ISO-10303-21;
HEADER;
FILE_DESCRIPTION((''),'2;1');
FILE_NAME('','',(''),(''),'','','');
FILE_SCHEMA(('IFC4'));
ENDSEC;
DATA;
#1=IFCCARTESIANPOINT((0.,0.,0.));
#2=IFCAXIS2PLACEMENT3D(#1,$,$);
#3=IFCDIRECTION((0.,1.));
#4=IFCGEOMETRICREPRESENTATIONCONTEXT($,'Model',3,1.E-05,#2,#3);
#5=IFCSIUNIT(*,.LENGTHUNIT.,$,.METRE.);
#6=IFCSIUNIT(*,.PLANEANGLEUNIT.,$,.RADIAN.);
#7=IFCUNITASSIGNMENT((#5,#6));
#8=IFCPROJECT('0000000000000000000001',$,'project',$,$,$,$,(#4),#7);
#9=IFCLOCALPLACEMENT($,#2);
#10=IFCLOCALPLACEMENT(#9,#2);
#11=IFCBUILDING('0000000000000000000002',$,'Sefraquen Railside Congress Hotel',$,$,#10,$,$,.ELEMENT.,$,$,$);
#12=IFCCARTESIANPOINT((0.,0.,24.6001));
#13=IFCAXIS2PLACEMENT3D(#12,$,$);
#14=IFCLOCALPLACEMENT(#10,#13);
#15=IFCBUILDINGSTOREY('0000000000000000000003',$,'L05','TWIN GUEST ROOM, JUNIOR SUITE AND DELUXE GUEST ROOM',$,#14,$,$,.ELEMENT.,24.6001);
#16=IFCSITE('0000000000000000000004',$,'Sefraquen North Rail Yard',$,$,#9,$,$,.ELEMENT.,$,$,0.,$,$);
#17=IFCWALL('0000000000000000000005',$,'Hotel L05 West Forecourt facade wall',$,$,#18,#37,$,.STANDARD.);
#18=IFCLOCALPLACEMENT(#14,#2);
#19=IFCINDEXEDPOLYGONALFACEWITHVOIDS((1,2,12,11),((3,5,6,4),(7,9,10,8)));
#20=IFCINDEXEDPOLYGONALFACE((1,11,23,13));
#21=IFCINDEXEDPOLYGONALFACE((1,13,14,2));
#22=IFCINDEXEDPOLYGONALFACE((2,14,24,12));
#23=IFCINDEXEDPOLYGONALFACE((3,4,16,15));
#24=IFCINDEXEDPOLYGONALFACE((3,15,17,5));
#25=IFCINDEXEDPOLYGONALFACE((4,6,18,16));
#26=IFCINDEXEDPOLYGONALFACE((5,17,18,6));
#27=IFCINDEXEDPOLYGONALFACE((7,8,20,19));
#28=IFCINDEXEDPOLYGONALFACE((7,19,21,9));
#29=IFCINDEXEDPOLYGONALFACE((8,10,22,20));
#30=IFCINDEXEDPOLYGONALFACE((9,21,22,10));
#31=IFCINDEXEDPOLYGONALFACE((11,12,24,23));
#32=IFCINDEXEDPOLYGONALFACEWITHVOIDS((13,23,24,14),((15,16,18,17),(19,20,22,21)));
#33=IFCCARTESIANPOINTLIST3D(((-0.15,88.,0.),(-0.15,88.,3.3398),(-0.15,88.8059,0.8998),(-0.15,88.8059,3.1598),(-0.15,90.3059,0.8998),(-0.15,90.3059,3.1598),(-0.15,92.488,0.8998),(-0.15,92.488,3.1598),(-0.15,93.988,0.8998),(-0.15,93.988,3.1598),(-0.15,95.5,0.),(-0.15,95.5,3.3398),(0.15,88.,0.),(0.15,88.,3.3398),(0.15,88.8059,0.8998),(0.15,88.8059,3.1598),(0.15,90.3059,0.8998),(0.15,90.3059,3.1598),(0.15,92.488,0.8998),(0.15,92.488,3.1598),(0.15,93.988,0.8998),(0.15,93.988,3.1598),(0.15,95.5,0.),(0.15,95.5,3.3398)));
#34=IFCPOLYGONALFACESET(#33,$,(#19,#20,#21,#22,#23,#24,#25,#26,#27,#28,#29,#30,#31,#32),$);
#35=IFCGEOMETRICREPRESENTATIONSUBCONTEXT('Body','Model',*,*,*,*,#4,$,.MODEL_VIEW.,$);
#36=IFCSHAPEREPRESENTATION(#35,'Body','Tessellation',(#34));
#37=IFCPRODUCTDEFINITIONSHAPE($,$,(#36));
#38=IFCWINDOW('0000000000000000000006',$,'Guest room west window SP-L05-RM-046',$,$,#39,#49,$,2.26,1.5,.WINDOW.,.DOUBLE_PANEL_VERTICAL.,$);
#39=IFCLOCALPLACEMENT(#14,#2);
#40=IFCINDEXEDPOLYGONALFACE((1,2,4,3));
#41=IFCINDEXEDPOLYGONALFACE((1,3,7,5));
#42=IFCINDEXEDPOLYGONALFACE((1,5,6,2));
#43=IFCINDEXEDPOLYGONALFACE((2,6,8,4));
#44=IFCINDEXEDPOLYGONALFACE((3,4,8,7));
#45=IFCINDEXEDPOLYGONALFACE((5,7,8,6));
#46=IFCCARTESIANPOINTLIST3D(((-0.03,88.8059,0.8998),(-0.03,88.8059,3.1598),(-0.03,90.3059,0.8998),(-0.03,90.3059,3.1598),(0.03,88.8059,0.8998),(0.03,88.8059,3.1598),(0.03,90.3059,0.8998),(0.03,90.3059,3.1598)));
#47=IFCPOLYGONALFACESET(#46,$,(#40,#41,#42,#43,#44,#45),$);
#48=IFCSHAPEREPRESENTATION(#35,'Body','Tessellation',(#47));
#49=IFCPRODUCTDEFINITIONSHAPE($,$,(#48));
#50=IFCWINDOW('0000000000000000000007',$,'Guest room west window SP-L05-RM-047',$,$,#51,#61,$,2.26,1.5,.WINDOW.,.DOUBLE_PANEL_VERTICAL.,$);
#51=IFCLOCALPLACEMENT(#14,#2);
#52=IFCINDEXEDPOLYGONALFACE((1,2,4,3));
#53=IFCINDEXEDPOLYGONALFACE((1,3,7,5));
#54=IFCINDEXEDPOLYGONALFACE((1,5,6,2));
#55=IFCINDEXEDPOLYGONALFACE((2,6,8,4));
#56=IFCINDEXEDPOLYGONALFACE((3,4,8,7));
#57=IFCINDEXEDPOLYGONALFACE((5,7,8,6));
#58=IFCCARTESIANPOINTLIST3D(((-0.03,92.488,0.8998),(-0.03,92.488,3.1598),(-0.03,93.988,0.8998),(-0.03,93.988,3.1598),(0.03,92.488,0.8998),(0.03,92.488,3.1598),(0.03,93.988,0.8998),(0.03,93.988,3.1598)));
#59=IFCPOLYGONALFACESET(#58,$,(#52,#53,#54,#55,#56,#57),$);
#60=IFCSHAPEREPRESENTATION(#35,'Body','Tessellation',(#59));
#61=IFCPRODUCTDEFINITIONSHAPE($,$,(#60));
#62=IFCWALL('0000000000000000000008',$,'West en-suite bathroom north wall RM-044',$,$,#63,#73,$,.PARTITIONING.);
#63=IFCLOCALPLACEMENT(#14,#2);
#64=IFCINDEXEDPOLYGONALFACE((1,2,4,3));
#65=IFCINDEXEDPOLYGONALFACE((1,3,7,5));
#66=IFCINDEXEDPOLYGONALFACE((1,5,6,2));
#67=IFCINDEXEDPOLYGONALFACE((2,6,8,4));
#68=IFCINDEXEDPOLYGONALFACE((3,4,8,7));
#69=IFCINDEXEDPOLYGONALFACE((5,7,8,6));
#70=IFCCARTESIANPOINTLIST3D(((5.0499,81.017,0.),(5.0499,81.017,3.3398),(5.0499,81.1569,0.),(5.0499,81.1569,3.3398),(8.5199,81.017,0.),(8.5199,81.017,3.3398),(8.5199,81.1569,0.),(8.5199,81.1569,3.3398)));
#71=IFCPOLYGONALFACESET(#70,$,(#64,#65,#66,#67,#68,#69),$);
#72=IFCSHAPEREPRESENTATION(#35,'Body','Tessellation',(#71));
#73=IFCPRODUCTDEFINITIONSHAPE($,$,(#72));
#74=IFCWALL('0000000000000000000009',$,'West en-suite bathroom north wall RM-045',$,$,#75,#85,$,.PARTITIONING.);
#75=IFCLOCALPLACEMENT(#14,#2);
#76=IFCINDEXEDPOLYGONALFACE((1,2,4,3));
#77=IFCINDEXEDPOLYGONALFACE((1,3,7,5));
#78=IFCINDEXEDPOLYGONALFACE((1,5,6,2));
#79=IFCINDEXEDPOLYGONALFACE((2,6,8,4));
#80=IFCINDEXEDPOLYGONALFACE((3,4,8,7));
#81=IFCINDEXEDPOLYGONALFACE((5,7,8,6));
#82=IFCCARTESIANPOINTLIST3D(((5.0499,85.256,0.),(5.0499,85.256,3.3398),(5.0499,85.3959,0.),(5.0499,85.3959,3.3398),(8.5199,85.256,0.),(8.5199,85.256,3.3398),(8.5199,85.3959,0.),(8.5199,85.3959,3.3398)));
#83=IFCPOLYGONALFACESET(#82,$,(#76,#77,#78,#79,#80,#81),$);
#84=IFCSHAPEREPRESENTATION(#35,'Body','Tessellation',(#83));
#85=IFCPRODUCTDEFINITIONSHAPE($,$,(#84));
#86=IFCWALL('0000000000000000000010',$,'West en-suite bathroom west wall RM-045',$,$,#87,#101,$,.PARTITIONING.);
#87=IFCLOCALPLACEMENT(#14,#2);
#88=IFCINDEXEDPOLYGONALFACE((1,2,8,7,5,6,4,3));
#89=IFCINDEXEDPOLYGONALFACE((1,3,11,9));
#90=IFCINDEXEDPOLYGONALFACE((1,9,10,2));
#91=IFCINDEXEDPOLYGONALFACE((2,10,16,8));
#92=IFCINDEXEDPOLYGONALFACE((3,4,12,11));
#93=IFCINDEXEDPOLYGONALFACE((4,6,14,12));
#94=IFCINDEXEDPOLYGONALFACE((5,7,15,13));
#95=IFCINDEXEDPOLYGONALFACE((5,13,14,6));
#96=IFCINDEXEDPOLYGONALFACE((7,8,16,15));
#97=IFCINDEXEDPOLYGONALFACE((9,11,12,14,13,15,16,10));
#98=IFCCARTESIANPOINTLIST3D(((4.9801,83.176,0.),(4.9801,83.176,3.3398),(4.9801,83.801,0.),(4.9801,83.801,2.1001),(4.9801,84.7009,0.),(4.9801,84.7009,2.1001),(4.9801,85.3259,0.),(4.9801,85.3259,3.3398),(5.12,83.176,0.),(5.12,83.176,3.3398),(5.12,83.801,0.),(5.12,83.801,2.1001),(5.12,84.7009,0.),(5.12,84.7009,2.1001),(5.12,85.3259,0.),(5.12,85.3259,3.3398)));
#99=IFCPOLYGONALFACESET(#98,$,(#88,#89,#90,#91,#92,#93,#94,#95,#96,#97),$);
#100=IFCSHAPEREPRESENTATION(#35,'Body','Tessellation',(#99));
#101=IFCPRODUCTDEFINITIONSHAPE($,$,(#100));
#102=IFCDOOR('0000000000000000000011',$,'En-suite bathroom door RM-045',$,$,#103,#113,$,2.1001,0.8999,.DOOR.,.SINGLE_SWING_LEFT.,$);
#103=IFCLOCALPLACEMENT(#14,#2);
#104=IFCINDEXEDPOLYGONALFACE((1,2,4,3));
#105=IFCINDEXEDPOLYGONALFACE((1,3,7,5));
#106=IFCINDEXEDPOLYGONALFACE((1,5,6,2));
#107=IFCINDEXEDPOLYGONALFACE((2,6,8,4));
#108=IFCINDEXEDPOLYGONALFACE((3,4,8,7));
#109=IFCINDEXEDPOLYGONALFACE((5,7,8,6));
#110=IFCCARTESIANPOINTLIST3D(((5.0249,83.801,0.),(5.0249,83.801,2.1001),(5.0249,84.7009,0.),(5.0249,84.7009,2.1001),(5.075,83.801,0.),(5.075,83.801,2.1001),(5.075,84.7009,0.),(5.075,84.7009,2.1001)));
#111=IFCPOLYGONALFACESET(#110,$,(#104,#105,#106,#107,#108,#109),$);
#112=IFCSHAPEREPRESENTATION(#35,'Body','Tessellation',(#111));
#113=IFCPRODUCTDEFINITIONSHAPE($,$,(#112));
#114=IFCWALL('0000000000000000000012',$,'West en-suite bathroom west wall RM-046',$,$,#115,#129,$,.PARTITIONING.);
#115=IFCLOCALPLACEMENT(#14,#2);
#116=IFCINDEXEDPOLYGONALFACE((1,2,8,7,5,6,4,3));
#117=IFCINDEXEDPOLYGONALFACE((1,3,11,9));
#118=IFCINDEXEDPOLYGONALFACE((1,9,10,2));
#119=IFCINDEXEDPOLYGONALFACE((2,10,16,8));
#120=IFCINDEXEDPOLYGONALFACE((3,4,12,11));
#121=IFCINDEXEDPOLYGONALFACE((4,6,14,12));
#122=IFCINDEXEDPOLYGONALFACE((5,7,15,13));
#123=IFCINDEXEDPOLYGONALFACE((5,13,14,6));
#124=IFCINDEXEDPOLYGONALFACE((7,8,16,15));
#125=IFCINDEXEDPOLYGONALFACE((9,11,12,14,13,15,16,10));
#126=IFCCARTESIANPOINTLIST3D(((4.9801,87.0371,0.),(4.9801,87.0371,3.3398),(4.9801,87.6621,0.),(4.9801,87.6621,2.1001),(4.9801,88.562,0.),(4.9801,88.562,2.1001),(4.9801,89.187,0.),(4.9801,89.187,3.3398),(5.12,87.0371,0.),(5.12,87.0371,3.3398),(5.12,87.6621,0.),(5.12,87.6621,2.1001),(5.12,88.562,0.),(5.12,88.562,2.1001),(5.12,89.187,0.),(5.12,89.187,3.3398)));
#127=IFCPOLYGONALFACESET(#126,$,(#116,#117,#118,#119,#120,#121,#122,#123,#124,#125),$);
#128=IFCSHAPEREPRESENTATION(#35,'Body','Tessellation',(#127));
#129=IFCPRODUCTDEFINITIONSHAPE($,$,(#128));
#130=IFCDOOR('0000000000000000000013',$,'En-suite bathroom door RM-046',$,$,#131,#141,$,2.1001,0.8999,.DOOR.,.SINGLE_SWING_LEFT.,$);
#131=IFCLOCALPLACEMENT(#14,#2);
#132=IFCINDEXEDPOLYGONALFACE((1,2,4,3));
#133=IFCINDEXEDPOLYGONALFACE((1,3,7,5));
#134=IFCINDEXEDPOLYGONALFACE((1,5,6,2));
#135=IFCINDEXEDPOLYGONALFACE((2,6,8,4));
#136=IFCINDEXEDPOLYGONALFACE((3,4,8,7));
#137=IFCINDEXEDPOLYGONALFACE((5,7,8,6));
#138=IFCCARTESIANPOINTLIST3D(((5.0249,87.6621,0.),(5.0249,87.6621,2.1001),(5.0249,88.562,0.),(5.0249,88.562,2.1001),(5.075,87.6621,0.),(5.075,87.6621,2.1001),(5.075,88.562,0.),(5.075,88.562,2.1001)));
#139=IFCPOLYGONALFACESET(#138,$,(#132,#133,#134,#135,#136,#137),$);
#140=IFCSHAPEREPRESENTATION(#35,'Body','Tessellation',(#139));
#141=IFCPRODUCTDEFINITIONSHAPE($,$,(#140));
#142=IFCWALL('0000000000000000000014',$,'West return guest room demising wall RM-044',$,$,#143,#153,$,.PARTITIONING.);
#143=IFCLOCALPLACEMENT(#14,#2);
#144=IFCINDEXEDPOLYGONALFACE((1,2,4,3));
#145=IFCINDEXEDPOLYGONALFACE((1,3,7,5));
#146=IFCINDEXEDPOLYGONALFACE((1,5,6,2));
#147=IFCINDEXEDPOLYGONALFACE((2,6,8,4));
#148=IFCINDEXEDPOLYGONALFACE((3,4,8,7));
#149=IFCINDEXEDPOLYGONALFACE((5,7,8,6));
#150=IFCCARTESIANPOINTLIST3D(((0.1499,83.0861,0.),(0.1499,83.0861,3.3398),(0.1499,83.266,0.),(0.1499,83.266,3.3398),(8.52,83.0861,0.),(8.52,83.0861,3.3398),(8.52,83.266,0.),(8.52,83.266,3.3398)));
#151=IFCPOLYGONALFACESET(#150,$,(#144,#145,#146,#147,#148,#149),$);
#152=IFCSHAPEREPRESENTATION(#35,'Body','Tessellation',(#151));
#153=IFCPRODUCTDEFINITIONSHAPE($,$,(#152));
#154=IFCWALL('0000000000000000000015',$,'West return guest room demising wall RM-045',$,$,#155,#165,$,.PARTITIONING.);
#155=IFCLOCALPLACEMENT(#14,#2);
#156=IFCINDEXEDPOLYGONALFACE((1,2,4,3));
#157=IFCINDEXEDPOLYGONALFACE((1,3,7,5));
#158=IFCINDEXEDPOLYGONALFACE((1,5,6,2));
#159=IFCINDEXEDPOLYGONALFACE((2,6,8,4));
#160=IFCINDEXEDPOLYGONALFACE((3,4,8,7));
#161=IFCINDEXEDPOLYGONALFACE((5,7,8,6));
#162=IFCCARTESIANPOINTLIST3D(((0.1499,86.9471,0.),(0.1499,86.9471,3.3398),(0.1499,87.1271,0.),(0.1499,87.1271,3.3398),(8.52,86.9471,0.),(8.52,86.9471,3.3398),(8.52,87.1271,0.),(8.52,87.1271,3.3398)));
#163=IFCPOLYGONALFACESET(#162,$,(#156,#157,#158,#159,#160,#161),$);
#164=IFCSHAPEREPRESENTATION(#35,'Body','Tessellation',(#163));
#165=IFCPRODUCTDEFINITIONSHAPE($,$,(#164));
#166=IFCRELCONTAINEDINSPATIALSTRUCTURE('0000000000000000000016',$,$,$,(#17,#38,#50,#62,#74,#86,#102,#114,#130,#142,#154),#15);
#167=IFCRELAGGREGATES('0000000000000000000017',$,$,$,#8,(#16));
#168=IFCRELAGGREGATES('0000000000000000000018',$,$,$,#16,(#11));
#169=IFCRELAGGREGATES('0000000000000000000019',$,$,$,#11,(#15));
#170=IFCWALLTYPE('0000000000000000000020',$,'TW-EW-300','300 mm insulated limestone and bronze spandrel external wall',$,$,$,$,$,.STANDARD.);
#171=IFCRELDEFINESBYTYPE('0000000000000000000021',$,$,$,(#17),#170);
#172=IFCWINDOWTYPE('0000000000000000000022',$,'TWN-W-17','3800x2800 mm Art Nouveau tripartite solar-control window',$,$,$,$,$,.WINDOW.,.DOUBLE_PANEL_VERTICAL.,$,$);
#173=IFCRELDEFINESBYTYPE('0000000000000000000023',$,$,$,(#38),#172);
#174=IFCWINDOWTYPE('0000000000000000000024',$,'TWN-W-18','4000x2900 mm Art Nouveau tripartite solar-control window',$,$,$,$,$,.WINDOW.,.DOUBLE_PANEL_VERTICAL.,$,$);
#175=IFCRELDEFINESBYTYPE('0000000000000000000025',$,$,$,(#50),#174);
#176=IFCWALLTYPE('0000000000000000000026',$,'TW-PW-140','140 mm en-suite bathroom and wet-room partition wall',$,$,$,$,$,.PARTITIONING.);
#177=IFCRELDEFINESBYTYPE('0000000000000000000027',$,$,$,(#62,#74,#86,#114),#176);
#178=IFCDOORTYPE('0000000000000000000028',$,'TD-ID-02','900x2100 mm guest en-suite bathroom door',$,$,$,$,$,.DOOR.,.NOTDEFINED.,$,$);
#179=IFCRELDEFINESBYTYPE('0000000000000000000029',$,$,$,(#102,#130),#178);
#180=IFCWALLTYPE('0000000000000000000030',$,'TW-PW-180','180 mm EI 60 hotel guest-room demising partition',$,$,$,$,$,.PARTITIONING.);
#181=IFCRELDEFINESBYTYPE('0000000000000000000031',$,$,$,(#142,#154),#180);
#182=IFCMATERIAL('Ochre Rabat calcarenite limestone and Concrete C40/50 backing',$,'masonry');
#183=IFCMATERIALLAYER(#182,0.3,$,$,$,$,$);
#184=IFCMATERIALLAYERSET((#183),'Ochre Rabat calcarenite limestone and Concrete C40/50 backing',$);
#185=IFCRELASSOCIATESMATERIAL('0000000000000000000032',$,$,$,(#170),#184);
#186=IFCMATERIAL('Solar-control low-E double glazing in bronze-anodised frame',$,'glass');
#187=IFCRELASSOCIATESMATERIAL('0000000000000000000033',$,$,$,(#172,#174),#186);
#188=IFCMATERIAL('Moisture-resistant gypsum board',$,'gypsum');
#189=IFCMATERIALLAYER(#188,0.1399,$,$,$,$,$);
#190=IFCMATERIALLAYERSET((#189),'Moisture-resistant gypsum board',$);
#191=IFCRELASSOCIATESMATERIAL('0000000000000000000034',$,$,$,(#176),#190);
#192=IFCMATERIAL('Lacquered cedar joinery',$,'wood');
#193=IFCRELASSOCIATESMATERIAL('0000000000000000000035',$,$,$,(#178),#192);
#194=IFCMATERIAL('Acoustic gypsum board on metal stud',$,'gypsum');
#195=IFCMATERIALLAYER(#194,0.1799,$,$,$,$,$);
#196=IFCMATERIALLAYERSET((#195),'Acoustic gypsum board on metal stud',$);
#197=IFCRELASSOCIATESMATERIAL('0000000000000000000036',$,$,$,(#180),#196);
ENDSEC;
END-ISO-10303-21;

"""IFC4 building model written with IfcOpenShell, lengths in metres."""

from ifc_helpers import new_model, si_unit, direction, frame, frame_2d, origin, place, context, subcontext, project, spatial, rectangle, extrude, material, layer, layer_set, type_object, element, fill, save


model = new_model("IFC4")

# Units and contexts
model_context = context("Model", 3, precision=1e-05, world=origin(), true_north=direction((0.0, 1.0)))
body_context = subcontext(model_context, "Body", "Model", "MODEL_VIEW")
ifc_project = project(units=[si_unit("LENGTHUNIT", "METRE"), si_unit("PLANEANGLEUNIT", "RADIAN")], contexts=[model_context])

# Site, building, storey
site_placement = place(None, origin())
site = spatial("IfcSite", under=ifc_project, at=site_placement, Name="Sefraquen North Rail Yard", CompositionType="ELEMENT", RefElevation=0.0)
building_placement = place(site_placement, origin())
building = spatial("IfcBuilding", under=site, at=building_placement, Name="Sefraquen Railside Congress Hotel", CompositionType="ELEMENT")
storey_placement = place(building_placement, frame((0.0, 0.0, 24.6001)))
storey = spatial("IfcBuildingStorey", under=building, at=storey_placement, Name="L05", Description="TWIN GUEST ROOM, JUNIOR SUITE AND DELUXE GUEST ROOM", CompositionType="ELEMENT", Elevation=24.6001)

# Wall, openings, windows
ifc_material_1 = material(Name="Ochre Rabat calcarenite limestone and Concrete C40/50 backing", Category="masonry")
ifc_layer_1 = layer(ifc_material_1, 0.3)
ifc_layer_set_1 = layer_set([ifc_layer_1], Name="Ochre Rabat calcarenite limestone and Concrete C40/50 backing")
wall_type_1 = type_object("IfcWallType", Name="TW-EW-300", Description="300 mm insulated limestone and bronze spandrel external wall", PredefinedType="STANDARD", material=ifc_layer_set_1)
wall_1_placement = place(storey_placement, frame((0.0, 88.0, 0.0), z_axis=(0.0, 0.0, 1.0), x_axis=(0.0, 1.0, 0.0)))
wall_1 = element("IfcWall", 1, at=wall_1_placement, inside=storey, type_object=wall_type_1, Name="Hotel L05 West Forecourt facade wall", PredefinedType="STANDARD", context=body_context, shape_type="SweptSolid", body=[
    extrude(rectangle(XDim=7.5, YDim=0.3, at=frame_2d((3.75, 0.0))), origin(), (0.0, 0.0, 1.0), 3.3398),
])
opening_1_placement = place(wall_1_placement, frame((0.8059, 0.0, 0.8999)))
opening_1 = element("IfcOpeningElement", 2, at=opening_1_placement, cuts=wall_1, PredefinedType="OPENING", context=body_context, shape_type="SweptSolid", body=[
    extrude(rectangle(XDim=1.5, YDim=2.26, at=frame_2d((0.75, 1.1299))), frame((0.0, 0.1599, 0.0), z_axis=(0.0, -1.0, 0.0), x_axis=(1.0, 0.0, 0.0)), (0.0, 0.0, 1.0), 0.3201),
])
opening_2_placement = place(wall_1_placement, frame((4.488, 0.0, 0.8999)))
opening_2 = element("IfcOpeningElement", 3, at=opening_2_placement, cuts=wall_1, PredefinedType="OPENING", context=body_context, shape_type="SweptSolid", body=[
    extrude(rectangle(XDim=1.5, YDim=2.26, at=frame_2d((0.75, 1.1299))), frame((0.0, 0.1599, 0.0), z_axis=(0.0, -1.0, 0.0), x_axis=(1.0, 0.0, 0.0)), (0.0, 0.0, 1.0), 0.3201),
])
ifc_material_2 = material(Name="Solar-control low-E double glazing in bronze-anodised frame", Category="glass")
window_type_1 = type_object("IfcWindowType", Name="TWN-W-17", Description="3800x2800 mm Art Nouveau tripartite solar-control window", PartitioningType="DOUBLE_PANEL_VERTICAL", PredefinedType="WINDOW", material=ifc_material_2)
window_1_placement = place(opening_1_placement, origin())
window_1 = element("IfcWindow", 4, at=window_1_placement, inside=storey, type_object=window_type_1, Name="Guest room west window SP-L05-RM-046", OverallHeight=2.26, OverallWidth=1.5, PartitioningType="DOUBLE_PANEL_VERTICAL", PredefinedType="WINDOW", context=body_context, shape_type="SweptSolid", body=[
    extrude(rectangle(XDim=1.5, YDim=2.26, at=frame_2d((0.75, 1.1299))), frame((0.0, 0.03, 0.0), z_axis=(0.0, -1.0, 0.0), x_axis=(1.0, 0.0, 0.0)), (0.0, 0.0, 1.0), 0.0601),
])
fill(opening_1, window_1)
window_type_2 = type_object("IfcWindowType", Name="TWN-W-18", Description="4000x2900 mm Art Nouveau tripartite solar-control window", PartitioningType="DOUBLE_PANEL_VERTICAL", PredefinedType="WINDOW", material=ifc_material_2)
window_2_placement = place(opening_2_placement, origin())
window_2 = element("IfcWindow", 5, at=window_2_placement, inside=storey, type_object=window_type_2, Name="Guest room west window SP-L05-RM-047", OverallHeight=2.26, OverallWidth=1.5, PartitioningType="DOUBLE_PANEL_VERTICAL", PredefinedType="WINDOW", context=body_context, shape_type="SweptSolid", body=[
    extrude(rectangle(XDim=1.5, YDim=2.26, at=frame_2d((0.75, 1.1299))), frame((0.0, 0.03, 0.0), z_axis=(0.0, -1.0, 0.0), x_axis=(1.0, 0.0, 0.0)), (0.0, 0.0, 1.0), 0.0601),
])
fill(opening_2, window_2)

# Walls
ifc_material_3 = material(Name="Moisture-resistant gypsum board", Category="gypsum")
ifc_layer_2 = layer(ifc_material_3, 0.1399)
ifc_layer_set_2 = layer_set([ifc_layer_2], Name="Moisture-resistant gypsum board")
wall_type_2 = type_object("IfcWallType", Name="TW-PW-140", Description="140 mm en-suite bathroom and wet-room partition wall", PredefinedType="PARTITIONING", material=ifc_layer_set_2)
for number, where, z_axis, x_axis, name in (
    (6, (5.05, 81.0869, 0.0), (0.0, 0.0, 1.0), (1.0, 0.0, 0.0), "West en-suite bathroom north wall RM-044"),
    (7, (5.05, 85.3259, 0.0), (0.0, 0.0, 1.0), (1.0, 0.0, 0.0), "West en-suite bathroom north wall RM-045"),
):
    element("IfcWall", number, at=place(storey_placement, frame(where, z_axis=z_axis, x_axis=x_axis)), inside=storey, type_object=wall_type_2, Name=name, PredefinedType="PARTITIONING", context=body_context, shape_type="SweptSolid", body=[
        extrude(rectangle(XDim=3.47, YDim=0.1399, at=frame_2d((1.7349, 0.0))), origin(), (0.0, 0.0, 1.0), 3.3398),
    ])

# Walls, openings, doors
wall_2_placement = place(storey_placement, frame((5.05, 83.176, 0.0), z_axis=(0.0, 0.0, 1.0), x_axis=(0.0, 1.0, 0.0)))
wall_2 = element("IfcWall", 8, at=wall_2_placement, inside=storey, type_object=wall_type_2, Name="West en-suite bathroom west wall RM-045", PredefinedType="PARTITIONING", context=body_context, shape_type="SweptSolid", body=[
    extrude(rectangle(XDim=2.1499, YDim=0.1399, at=frame_2d((1.075, 0.0))), origin(), (0.0, 0.0, 1.0), 3.3398),
])
opening_3_placement = place(wall_2_placement, frame((0.625, 0.0, 0.0)))
opening_3 = element("IfcOpeningElement", 9, at=opening_3_placement, cuts=wall_2, PredefinedType="OPENING", context=body_context, shape_type="SweptSolid", body=[
    extrude(rectangle(XDim=0.8999, YDim=2.1001, at=frame_2d((0.45, 1.05))), frame((0.0, 0.0798, 0.0), z_axis=(0.0, -1.0, 0.0), x_axis=(1.0, 0.0, 0.0)), (0.0, 0.0, 1.0), 0.1599),
])
ifc_material_4 = material(Name="Lacquered cedar joinery", Category="wood")
door_type_1 = type_object("IfcDoorType", Name="TD-ID-02", Description="900x2100 mm guest en-suite bathroom door", OperationType="NOTDEFINED", PredefinedType="DOOR", material=ifc_material_4)
door_1_placement = place(opening_3_placement, frame((0.8999, 0.0, 0.0), z_axis=(0.0, 0.0, 1.0), x_axis=(-1.0, 0.0, 0.0)))
door_1 = element("IfcDoor", 10, at=door_1_placement, inside=storey, type_object=door_type_1, Name="En-suite bathroom door RM-045", OperationType="SINGLE_SWING_LEFT", OverallHeight=2.1001, OverallWidth=0.8999, PredefinedType="DOOR", context=body_context, shape_type="SweptSolid", body=[
    extrude(rectangle(XDim=0.8999, YDim=2.1001, at=frame_2d((0.45, 1.05))), frame((0.0, 0.0249, 0.0), z_axis=(0.0, -1.0, 0.0), x_axis=(1.0, 0.0, 0.0)), (0.0, 0.0, 1.0), 0.05),
])
fill(opening_3, door_1)
wall_3_placement = place(storey_placement, frame((5.05, 87.0371, 0.0), z_axis=(0.0, 0.0, 1.0), x_axis=(0.0, 1.0, 0.0)))
wall_3 = element("IfcWall", 11, at=wall_3_placement, inside=storey, type_object=wall_type_2, Name="West en-suite bathroom west wall RM-046", PredefinedType="PARTITIONING", context=body_context, shape_type="SweptSolid", body=[
    extrude(rectangle(XDim=2.1499, YDim=0.1399, at=frame_2d((1.075, 0.0))), origin(), (0.0, 0.0, 1.0), 3.3398),
])
opening_4_placement = place(wall_3_placement, frame((0.625, 0.0, 0.0)))
opening_4 = element("IfcOpeningElement", 12, at=opening_4_placement, cuts=wall_3, PredefinedType="OPENING", context=body_context, shape_type="SweptSolid", body=[
    extrude(rectangle(XDim=0.8999, YDim=2.1001, at=frame_2d((0.45, 1.05))), frame((0.0, 0.0798, 0.0), z_axis=(0.0, -1.0, 0.0), x_axis=(1.0, 0.0, 0.0)), (0.0, 0.0, 1.0), 0.1599),
])
door_2_placement = place(opening_4_placement, frame((0.8999, 0.0, 0.0), z_axis=(0.0, 0.0, 1.0), x_axis=(-1.0, 0.0, 0.0)))
door_2 = element("IfcDoor", 13, at=door_2_placement, inside=storey, type_object=door_type_1, Name="En-suite bathroom door RM-046", OperationType="SINGLE_SWING_LEFT", OverallHeight=2.1001, OverallWidth=0.8999, PredefinedType="DOOR", context=body_context, shape_type="SweptSolid", body=[
    extrude(rectangle(XDim=0.8999, YDim=2.1001, at=frame_2d((0.45, 1.05))), frame((0.0, 0.0249, 0.0), z_axis=(0.0, -1.0, 0.0), x_axis=(1.0, 0.0, 0.0)), (0.0, 0.0, 1.0), 0.05),
])
fill(opening_4, door_2)

# Walls
ifc_material_5 = material(Name="Acoustic gypsum board on metal stud", Category="gypsum")
ifc_layer_3 = layer(ifc_material_5, 0.1799)
ifc_layer_set_3 = layer_set([ifc_layer_3], Name="Acoustic gypsum board on metal stud")
wall_type_3 = type_object("IfcWallType", Name="TW-PW-180", Description="180 mm EI 60 hotel guest-room demising partition", PredefinedType="PARTITIONING", material=ifc_layer_set_3)
for number, where, z_axis, x_axis, name in (
    (14, (0.1499, 83.176, 0.0), (0.0, 0.0, 1.0), (1.0, 0.0, 0.0), "West return guest room demising wall RM-044"),
    (15, (0.1499, 87.0371, 0.0), (0.0, 0.0, 1.0), (1.0, 0.0, 0.0), "West return guest room demising wall RM-045"),
):
    element("IfcWall", number, at=place(storey_placement, frame(where, z_axis=z_axis, x_axis=x_axis)), inside=storey, type_object=wall_type_3, Name=name, PredefinedType="PARTITIONING", context=body_context, shape_type="SweptSolid", body=[
        extrude(rectangle(XDim=8.3701, YDim=0.1799, at=frame_2d((4.1851, 0.0))), origin(), (0.0, 0.0, 1.0), 3.3398),
    ])

save(model, "model.ifc")
